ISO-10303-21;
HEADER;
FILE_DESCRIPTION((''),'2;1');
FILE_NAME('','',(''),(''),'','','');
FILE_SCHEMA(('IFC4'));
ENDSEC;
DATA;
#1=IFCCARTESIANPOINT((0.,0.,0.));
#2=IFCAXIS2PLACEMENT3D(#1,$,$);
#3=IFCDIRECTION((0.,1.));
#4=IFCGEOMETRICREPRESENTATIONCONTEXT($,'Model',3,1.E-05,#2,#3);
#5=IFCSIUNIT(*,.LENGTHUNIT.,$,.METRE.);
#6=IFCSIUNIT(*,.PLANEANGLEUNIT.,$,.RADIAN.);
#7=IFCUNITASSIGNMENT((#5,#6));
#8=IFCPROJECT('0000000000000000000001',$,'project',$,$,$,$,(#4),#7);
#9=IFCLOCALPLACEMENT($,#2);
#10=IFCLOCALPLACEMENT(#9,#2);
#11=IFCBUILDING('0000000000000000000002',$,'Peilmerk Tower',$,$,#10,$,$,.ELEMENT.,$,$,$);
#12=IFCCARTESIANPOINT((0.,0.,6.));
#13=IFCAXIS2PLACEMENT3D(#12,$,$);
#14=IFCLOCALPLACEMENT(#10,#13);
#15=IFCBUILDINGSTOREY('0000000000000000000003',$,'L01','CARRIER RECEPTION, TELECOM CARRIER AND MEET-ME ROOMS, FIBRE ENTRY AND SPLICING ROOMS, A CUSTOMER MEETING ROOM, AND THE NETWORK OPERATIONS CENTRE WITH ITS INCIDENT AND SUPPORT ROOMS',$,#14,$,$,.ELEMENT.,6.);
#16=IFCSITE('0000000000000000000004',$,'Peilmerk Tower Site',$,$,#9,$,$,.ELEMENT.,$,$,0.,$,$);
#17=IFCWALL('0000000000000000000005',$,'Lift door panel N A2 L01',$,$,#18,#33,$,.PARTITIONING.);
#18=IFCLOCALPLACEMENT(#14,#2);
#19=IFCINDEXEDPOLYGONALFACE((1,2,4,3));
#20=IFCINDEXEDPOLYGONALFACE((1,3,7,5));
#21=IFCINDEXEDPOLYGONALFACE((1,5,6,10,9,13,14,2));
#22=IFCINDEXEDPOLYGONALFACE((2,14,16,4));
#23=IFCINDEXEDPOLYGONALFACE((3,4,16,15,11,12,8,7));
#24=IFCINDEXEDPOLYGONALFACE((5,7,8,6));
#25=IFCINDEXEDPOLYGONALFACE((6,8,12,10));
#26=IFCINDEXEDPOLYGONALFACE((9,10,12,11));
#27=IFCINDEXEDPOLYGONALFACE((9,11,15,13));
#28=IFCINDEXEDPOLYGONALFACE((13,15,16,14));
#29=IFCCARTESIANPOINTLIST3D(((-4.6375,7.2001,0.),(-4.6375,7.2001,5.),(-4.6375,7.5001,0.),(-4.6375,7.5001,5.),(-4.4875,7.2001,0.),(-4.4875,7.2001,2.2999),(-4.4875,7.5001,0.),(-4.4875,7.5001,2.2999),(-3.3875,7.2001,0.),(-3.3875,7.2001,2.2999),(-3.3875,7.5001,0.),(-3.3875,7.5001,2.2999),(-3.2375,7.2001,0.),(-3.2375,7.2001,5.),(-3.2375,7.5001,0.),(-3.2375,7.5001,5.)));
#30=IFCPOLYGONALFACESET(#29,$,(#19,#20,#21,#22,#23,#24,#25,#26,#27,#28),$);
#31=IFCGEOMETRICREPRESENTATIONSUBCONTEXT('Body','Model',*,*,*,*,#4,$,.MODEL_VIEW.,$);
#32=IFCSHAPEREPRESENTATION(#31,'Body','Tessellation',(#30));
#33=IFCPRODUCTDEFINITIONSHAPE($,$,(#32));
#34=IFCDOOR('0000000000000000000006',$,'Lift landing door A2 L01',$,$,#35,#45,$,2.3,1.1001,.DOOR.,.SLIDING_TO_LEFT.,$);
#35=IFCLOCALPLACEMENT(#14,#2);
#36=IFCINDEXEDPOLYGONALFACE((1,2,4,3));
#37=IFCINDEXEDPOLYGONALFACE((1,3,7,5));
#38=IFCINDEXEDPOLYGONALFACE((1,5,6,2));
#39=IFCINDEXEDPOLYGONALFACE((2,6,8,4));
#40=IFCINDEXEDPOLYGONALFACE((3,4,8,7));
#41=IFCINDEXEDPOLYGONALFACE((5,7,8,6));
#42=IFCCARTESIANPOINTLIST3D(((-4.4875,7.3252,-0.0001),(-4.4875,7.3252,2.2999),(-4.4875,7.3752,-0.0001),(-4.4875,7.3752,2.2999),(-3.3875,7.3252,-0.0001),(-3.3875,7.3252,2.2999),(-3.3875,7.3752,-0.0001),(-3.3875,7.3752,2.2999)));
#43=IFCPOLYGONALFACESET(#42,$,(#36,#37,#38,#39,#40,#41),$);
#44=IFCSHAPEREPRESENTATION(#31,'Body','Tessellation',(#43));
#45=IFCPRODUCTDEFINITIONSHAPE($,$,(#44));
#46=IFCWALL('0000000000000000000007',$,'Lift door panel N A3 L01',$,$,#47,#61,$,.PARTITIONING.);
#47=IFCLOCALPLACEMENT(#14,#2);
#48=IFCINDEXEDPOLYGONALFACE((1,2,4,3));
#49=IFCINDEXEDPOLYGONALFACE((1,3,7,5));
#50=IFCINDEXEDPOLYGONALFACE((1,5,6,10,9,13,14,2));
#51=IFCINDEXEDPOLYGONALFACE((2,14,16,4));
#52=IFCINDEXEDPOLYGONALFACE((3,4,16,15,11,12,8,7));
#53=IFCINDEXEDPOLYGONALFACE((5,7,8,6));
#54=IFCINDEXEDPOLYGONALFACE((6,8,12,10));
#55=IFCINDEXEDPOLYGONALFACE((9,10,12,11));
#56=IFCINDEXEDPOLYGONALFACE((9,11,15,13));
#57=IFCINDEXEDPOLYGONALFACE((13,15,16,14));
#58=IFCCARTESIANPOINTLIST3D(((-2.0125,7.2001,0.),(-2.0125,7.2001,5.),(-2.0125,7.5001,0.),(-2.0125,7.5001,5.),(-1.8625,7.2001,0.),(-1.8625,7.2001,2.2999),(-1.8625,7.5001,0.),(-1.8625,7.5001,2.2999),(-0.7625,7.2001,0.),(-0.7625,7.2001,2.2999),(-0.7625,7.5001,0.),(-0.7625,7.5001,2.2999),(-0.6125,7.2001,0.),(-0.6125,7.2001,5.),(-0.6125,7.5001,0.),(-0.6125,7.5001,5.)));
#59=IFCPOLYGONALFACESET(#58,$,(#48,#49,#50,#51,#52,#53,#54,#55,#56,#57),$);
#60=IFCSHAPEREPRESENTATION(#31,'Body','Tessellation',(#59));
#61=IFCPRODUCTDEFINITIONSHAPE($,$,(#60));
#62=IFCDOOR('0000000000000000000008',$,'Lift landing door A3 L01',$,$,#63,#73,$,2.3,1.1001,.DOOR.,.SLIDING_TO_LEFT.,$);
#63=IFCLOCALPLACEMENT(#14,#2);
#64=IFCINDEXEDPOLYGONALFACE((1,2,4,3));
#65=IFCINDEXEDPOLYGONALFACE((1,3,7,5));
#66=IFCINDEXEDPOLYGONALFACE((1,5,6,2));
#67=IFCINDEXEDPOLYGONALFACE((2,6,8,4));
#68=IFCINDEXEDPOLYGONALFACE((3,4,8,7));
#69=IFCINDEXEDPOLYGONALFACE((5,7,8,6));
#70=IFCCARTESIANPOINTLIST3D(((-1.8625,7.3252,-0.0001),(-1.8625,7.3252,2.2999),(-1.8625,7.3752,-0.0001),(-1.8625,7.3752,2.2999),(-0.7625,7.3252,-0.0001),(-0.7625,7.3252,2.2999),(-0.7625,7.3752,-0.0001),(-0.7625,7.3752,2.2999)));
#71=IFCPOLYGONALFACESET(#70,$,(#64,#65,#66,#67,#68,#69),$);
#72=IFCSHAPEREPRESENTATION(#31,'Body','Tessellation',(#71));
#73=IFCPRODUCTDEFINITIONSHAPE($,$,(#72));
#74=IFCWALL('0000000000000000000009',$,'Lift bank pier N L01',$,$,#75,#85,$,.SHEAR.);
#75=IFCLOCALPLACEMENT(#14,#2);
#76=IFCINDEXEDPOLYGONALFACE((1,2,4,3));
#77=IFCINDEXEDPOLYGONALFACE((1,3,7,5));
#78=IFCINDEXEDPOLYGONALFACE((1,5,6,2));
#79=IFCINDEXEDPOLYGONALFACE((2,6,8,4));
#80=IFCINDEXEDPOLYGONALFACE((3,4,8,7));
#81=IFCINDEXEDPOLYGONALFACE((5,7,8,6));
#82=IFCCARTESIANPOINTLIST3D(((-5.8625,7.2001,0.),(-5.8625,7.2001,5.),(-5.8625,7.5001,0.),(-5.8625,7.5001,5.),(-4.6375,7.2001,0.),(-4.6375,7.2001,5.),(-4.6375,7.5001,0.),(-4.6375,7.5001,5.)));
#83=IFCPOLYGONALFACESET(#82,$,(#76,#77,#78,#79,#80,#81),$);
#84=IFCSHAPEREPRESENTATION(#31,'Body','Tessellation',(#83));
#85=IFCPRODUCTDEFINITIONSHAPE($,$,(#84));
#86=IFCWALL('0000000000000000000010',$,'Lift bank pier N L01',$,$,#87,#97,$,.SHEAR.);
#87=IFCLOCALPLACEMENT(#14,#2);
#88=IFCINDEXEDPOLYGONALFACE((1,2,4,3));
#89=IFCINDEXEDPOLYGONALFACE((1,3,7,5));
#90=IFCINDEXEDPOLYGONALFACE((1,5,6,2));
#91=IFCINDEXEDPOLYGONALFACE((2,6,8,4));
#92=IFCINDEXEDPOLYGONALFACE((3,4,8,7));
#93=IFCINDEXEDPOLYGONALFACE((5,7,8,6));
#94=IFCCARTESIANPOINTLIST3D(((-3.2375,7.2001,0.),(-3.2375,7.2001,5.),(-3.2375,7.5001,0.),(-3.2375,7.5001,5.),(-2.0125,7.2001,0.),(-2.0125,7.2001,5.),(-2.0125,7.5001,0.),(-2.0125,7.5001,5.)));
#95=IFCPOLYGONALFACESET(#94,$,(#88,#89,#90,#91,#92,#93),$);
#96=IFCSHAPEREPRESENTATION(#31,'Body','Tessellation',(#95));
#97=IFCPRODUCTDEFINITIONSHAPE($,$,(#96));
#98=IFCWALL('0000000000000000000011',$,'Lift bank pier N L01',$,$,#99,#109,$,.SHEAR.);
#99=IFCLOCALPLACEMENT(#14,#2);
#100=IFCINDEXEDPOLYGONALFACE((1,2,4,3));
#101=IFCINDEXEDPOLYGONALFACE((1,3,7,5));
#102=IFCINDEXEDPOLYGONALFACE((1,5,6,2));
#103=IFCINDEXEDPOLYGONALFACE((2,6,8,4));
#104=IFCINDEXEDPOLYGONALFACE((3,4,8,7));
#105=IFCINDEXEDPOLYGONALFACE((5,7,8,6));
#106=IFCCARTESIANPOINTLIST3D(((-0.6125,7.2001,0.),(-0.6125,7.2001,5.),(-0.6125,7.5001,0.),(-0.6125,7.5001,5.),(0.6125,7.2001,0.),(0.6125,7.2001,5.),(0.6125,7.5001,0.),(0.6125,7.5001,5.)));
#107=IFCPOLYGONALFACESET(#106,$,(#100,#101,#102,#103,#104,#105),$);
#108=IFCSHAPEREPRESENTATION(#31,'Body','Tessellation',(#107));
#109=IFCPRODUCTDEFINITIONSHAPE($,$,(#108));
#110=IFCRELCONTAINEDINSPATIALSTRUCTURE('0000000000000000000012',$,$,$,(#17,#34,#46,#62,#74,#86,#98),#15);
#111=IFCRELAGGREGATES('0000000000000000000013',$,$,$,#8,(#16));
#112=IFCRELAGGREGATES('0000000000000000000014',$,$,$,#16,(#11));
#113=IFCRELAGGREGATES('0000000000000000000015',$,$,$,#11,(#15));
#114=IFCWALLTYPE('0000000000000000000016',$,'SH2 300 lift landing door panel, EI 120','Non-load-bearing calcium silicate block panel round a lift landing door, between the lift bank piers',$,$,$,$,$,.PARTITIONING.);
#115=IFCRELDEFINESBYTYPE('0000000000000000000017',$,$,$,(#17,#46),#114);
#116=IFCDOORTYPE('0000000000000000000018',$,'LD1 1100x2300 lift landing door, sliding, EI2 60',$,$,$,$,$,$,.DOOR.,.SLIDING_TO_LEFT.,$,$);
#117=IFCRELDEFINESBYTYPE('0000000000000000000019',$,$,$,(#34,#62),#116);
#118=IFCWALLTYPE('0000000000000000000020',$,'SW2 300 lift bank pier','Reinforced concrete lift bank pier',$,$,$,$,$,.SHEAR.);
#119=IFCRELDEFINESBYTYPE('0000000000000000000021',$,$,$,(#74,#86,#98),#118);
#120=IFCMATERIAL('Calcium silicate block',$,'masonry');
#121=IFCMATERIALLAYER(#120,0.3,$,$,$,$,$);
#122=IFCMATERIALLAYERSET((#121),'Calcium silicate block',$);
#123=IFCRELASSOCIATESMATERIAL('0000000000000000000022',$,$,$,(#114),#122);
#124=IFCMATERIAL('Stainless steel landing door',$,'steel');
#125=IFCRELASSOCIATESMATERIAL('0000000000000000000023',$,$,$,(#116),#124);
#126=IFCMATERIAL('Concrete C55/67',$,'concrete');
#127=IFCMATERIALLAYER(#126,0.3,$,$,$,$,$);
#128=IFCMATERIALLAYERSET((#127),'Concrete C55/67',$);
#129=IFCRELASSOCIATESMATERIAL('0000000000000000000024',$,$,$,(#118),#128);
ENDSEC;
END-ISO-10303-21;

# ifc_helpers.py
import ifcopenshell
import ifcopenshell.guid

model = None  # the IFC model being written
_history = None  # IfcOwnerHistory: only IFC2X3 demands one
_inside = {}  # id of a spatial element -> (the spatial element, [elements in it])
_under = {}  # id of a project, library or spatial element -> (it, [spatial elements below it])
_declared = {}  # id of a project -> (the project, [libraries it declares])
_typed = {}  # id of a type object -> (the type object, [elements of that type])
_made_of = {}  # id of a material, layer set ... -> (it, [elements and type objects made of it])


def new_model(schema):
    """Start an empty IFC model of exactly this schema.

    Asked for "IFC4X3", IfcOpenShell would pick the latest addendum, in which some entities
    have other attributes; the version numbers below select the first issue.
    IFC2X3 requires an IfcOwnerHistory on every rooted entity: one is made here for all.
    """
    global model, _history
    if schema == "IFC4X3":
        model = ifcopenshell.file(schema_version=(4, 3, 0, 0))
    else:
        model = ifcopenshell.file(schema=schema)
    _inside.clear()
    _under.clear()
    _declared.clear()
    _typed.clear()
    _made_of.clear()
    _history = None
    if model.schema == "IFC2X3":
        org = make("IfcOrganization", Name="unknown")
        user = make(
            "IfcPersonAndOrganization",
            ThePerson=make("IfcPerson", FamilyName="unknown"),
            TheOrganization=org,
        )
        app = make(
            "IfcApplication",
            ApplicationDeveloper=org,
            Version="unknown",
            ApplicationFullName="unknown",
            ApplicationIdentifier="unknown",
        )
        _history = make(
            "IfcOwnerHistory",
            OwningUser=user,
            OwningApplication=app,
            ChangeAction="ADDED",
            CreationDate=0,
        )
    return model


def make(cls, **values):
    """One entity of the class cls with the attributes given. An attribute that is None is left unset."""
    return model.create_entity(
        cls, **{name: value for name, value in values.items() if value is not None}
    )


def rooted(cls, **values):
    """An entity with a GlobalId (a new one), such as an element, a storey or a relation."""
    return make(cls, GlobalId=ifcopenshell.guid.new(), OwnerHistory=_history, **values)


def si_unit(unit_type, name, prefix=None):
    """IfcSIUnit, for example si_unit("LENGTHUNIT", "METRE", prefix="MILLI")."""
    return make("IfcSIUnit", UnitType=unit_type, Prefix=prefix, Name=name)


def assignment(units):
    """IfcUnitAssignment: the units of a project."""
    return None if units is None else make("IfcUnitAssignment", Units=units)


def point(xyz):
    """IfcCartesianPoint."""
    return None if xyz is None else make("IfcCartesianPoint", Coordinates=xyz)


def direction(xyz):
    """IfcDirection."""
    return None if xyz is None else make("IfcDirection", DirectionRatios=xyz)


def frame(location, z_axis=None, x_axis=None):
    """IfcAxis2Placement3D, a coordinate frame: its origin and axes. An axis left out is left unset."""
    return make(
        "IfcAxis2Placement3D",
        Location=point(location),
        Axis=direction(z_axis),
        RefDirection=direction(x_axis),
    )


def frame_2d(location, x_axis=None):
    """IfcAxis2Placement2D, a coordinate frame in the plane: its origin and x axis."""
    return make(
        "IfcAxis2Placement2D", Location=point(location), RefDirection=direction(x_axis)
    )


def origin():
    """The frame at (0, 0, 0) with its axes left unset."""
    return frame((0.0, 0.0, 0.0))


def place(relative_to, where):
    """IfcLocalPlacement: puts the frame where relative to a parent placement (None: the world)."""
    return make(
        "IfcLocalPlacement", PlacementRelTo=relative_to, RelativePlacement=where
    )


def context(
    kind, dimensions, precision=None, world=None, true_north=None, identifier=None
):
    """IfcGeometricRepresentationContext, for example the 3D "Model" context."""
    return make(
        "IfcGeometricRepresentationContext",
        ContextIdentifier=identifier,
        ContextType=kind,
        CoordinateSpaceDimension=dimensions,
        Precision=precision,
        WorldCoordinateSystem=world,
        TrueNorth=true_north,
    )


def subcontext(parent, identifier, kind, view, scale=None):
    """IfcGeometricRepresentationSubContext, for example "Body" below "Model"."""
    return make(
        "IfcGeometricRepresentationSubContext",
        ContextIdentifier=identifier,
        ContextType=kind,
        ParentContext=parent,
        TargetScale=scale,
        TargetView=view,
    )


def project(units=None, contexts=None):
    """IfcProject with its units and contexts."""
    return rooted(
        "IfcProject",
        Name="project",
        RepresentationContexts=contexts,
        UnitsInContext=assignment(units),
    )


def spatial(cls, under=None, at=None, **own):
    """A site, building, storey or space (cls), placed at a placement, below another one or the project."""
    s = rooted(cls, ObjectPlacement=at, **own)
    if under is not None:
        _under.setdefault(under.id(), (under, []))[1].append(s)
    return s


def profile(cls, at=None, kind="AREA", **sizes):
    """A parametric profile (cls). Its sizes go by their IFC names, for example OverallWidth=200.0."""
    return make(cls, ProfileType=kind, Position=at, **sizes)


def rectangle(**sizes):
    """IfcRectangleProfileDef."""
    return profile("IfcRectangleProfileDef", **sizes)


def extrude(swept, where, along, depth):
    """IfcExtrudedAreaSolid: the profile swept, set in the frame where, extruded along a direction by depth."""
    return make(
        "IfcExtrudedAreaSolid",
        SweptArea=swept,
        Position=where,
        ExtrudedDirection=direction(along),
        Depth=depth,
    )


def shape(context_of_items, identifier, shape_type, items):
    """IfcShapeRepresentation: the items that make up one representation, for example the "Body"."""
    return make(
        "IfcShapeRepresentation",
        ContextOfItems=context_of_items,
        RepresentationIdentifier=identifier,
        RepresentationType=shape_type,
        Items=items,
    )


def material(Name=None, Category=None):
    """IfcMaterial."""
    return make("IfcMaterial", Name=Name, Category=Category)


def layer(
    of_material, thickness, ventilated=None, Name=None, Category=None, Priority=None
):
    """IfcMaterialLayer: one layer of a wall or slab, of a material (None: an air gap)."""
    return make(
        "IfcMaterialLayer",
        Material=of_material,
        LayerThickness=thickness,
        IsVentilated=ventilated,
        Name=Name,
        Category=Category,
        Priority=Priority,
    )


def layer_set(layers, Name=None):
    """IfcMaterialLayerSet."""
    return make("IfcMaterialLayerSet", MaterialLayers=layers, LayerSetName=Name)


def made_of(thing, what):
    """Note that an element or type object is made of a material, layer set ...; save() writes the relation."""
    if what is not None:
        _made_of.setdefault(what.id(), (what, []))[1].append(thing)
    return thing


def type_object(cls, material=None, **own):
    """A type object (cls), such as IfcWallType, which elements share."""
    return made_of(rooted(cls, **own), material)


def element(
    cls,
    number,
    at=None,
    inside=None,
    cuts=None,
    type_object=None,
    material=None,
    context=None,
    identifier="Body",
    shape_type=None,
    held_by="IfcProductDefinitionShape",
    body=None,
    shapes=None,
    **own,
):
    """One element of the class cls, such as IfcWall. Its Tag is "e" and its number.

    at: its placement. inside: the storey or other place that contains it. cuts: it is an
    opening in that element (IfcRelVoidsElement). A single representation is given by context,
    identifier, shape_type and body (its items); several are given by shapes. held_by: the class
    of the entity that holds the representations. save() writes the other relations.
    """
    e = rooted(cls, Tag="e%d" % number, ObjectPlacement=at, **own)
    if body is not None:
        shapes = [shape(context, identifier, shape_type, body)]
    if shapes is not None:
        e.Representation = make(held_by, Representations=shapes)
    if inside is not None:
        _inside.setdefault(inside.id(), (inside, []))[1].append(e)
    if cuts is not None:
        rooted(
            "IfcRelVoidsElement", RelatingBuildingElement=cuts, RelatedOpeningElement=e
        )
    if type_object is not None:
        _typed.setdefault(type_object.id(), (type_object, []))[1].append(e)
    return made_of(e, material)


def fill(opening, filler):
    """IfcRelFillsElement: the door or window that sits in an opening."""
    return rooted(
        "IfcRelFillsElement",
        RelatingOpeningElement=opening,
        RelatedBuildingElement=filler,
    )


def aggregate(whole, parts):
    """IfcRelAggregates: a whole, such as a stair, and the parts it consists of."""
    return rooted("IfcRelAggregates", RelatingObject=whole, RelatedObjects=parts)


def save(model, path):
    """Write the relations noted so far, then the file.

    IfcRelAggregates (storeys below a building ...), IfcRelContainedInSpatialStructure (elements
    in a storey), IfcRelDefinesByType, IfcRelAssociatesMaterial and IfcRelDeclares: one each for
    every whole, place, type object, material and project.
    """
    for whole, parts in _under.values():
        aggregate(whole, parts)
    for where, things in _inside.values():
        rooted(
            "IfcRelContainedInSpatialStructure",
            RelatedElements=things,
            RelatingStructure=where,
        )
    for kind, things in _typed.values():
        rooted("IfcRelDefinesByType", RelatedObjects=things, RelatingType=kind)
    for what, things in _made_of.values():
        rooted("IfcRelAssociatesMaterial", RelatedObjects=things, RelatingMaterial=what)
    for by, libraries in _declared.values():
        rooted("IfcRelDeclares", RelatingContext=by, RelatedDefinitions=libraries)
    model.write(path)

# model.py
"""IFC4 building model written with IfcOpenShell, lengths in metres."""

from ifc_helpers import new_model, si_unit, direction, frame, frame_2d, origin, place, context, subcontext, project, spatial, rectangle, extrude, material, layer, layer_set, type_object, element, fill, save


model = new_model("IFC4")

# Units and contexts
model_context = context("Model", 3, precision=1e-05, world=origin(), true_north=direction((0.0, 1.0)))
body_context = subcontext(model_context, "Body", "Model", "MODEL_VIEW")
ifc_project = project(units=[si_unit("LENGTHUNIT", "METRE"), si_unit("PLANEANGLEUNIT", "RADIAN")], contexts=[model_context])

# Site, building, storey
site_placement = place(None, origin())
site = spatial("IfcSite", under=ifc_project, at=site_placement, Name="Peilmerk Tower Site", CompositionType="ELEMENT", RefElevation=0.0)
building_placement = place(site_placement, origin())
building = spatial("IfcBuilding", under=site, at=building_placement, Name="Peilmerk Tower", CompositionType="ELEMENT")
storey_placement = place(building_placement, frame((0.0, 0.0, 6.0)))
storey = spatial("IfcBuildingStorey", under=building, at=storey_placement, Name="L01", Description="CARRIER RECEPTION, TELECOM CARRIER AND MEET-ME ROOMS, FIBRE ENTRY AND SPLICING ROOMS, A CUSTOMER MEETING ROOM, AND THE NETWORK OPERATIONS CENTRE WITH ITS INCIDENT AND SUPPORT ROOMS", CompositionType="ELEMENT", Elevation=6.0)

# Shared definitions
ifc_material_1 = material(Name="Concrete C55/67", Category="concrete")

# Shared definitions
ifc_material_2 = material(Name="Calcium silicate block", Category="masonry")

# Walls, openings, doors
ifc_layer_1 = layer(ifc_material_2, 0.3)
ifc_layer_set_1 = layer_set([ifc_layer_1], Name="Calcium silicate block")
wall_type_1 = type_object("IfcWallType", Name="SH2 300 lift landing door panel, EI 120", Description="Non-load-bearing calcium silicate block panel round a lift landing door, between the lift bank piers", PredefinedType="PARTITIONING", material=ifc_layer_set_1)
wall_1_placement = place(storey_placement, frame((-4.6375, 7.3501, 0.0), z_axis=(0.0, 0.0, 1.0), x_axis=(1.0, 0.0, 0.0)))
wall_1 = element("IfcWall", 1, at=wall_1_placement, inside=storey, type_object=wall_type_1, Name="Lift door panel N A2 L01", PredefinedType="PARTITIONING", context=body_context, shape_type="SweptSolid", body=[
    extrude(rectangle(XDim=1.3999, YDim=0.3, at=frame_2d((0.7, 0.0))), origin(), (0.0, 0.0, 1.0), 5.0),
])
opening_1_placement = place(wall_1_placement, frame((0.1499, 0.0, 0.0)))
opening_1 = element("IfcOpeningElement", 2, at=opening_1_placement, cuts=wall_1, PredefinedType="OPENING", context=body_context, shape_type="SweptSolid", body=[
    extrude(rectangle(XDim=1.1001, YDim=2.3, at=frame_2d((0.55, 1.1499))), frame((0.0, 0.1599, 0.0), z_axis=(0.0, -1.0, 0.0), x_axis=(1.0, 0.0, 0.0)), (0.0, 0.0, 1.0), 0.3201),
])
ifc_material_3 = material(Name="Stainless steel landing door", Category="steel")
door_type_1 = type_object("IfcDoorType", Name="LD1 1100x2300 lift landing door, sliding, EI2 60", OperationType="SLIDING_TO_LEFT", PredefinedType="DOOR", material=ifc_material_3)
door_1_placement = place(opening_1_placement, frame((1.1001, 0.0, 0.0), z_axis=(0.0, 0.0, 1.0), x_axis=(-1.0, 0.0, 0.0)))
door_1 = element("IfcDoor", 3, at=door_1_placement, inside=storey, type_object=door_type_1, Name="Lift landing door A2 L01", OperationType="SLIDING_TO_LEFT", OverallHeight=2.3, OverallWidth=1.1001, PredefinedType="DOOR", context=body_context, shape_type="SweptSolid", body=[
    extrude(rectangle(XDim=1.1001, YDim=2.3, at=frame_2d((0.55, 1.1499))), frame((0.0, 0.0249, 0.0), z_axis=(0.0, -1.0, 0.0), x_axis=(1.0, 0.0, 0.0)), (0.0, 0.0, 1.0), 0.05),
])
fill(opening_1, door_1)
wall_2_placement = place(storey_placement, frame((-2.0125, 7.3501, 0.0), z_axis=(0.0, 0.0, 1.0), x_axis=(1.0, 0.0, 0.0)))
wall_2 = element("IfcWall", 4, at=wall_2_placement, inside=storey, type_object=wall_type_1, Name="Lift door panel N A3 L01", PredefinedType="PARTITIONING", context=body_context, shape_type="SweptSolid", body=[
    extrude(rectangle(XDim=1.3999, YDim=0.3, at=frame_2d((0.7, 0.0))), origin(), (0.0, 0.0, 1.0), 5.0),
])
opening_2_placement = place(wall_2_placement, frame((0.1499, 0.0, 0.0)))
opening_2 = element("IfcOpeningElement", 5, at=opening_2_placement, cuts=wall_2, PredefinedType="OPENING", context=body_context, shape_type="SweptSolid", body=[
    extrude(rectangle(XDim=1.1001, YDim=2.3, at=frame_2d((0.55, 1.1499))), frame((0.0, 0.1599, 0.0), z_axis=(0.0, -1.0, 0.0), x_axis=(1.0, 0.0, 0.0)), (0.0, 0.0, 1.0), 0.3201),
])
door_2_placement = place(opening_2_placement, frame((1.1001, 0.0, 0.0), z_axis=(0.0, 0.0, 1.0), x_axis=(-1.0, 0.0, 0.0)))
door_2 = element("IfcDoor", 6, at=door_2_placement, inside=storey, type_object=door_type_1, Name="Lift landing door A3 L01", OperationType="SLIDING_TO_LEFT", OverallHeight=2.3, OverallWidth=1.1001, PredefinedType="DOOR", context=body_context, shape_type="SweptSolid", body=[
    extrude(rectangle(XDim=1.1001, YDim=2.3, at=frame_2d((0.55, 1.1499))), frame((0.0, 0.0249, 0.0), z_axis=(0.0, -1.0, 0.0), x_axis=(1.0, 0.0, 0.0)), (0.0, 0.0, 1.0), 0.05),
])
fill(opening_2, door_2)

# Walls
ifc_layer_2 = layer(ifc_material_1, 0.3)
ifc_layer_set_2 = layer_set([ifc_layer_2], Name="Concrete C55/67")
wall_type_2 = type_object("IfcWallType", Name="SW2 300 lift bank pier", Description="Reinforced concrete lift bank pier", PredefinedType="SHEAR", material=ifc_layer_set_2)
for number, where, z_axis, x_axis, name in (
    (7, (-5.8625, 7.3501, 0.0), (0.0, 0.0, 1.0), (1.0, 0.0, 0.0), "Lift bank pier N L01"),
    (8, (-3.2375, 7.3501, 0.0), (0.0, 0.0, 1.0), (1.0, 0.0, 0.0), "Lift bank pier N L01"),
    (9, (-0.6125, 7.3501, 0.0), (0.0, 0.0, 1.0), (1.0, 0.0, 0.0), "Lift bank pier N L01"),
):
    element("IfcWall", number, at=place(storey_placement, frame(where, z_axis=z_axis, x_axis=x_axis)), inside=storey, type_object=wall_type_2, Name=name, PredefinedType="SHEAR", context=body_context, shape_type="SweptSolid", body=[
        extrude(rectangle(XDim=1.2251, YDim=0.3, at=frame_2d((0.6125, 0.0))), origin(), (0.0, 0.0, 1.0), 5.0),
    ])

save(model, "model.ifc")
